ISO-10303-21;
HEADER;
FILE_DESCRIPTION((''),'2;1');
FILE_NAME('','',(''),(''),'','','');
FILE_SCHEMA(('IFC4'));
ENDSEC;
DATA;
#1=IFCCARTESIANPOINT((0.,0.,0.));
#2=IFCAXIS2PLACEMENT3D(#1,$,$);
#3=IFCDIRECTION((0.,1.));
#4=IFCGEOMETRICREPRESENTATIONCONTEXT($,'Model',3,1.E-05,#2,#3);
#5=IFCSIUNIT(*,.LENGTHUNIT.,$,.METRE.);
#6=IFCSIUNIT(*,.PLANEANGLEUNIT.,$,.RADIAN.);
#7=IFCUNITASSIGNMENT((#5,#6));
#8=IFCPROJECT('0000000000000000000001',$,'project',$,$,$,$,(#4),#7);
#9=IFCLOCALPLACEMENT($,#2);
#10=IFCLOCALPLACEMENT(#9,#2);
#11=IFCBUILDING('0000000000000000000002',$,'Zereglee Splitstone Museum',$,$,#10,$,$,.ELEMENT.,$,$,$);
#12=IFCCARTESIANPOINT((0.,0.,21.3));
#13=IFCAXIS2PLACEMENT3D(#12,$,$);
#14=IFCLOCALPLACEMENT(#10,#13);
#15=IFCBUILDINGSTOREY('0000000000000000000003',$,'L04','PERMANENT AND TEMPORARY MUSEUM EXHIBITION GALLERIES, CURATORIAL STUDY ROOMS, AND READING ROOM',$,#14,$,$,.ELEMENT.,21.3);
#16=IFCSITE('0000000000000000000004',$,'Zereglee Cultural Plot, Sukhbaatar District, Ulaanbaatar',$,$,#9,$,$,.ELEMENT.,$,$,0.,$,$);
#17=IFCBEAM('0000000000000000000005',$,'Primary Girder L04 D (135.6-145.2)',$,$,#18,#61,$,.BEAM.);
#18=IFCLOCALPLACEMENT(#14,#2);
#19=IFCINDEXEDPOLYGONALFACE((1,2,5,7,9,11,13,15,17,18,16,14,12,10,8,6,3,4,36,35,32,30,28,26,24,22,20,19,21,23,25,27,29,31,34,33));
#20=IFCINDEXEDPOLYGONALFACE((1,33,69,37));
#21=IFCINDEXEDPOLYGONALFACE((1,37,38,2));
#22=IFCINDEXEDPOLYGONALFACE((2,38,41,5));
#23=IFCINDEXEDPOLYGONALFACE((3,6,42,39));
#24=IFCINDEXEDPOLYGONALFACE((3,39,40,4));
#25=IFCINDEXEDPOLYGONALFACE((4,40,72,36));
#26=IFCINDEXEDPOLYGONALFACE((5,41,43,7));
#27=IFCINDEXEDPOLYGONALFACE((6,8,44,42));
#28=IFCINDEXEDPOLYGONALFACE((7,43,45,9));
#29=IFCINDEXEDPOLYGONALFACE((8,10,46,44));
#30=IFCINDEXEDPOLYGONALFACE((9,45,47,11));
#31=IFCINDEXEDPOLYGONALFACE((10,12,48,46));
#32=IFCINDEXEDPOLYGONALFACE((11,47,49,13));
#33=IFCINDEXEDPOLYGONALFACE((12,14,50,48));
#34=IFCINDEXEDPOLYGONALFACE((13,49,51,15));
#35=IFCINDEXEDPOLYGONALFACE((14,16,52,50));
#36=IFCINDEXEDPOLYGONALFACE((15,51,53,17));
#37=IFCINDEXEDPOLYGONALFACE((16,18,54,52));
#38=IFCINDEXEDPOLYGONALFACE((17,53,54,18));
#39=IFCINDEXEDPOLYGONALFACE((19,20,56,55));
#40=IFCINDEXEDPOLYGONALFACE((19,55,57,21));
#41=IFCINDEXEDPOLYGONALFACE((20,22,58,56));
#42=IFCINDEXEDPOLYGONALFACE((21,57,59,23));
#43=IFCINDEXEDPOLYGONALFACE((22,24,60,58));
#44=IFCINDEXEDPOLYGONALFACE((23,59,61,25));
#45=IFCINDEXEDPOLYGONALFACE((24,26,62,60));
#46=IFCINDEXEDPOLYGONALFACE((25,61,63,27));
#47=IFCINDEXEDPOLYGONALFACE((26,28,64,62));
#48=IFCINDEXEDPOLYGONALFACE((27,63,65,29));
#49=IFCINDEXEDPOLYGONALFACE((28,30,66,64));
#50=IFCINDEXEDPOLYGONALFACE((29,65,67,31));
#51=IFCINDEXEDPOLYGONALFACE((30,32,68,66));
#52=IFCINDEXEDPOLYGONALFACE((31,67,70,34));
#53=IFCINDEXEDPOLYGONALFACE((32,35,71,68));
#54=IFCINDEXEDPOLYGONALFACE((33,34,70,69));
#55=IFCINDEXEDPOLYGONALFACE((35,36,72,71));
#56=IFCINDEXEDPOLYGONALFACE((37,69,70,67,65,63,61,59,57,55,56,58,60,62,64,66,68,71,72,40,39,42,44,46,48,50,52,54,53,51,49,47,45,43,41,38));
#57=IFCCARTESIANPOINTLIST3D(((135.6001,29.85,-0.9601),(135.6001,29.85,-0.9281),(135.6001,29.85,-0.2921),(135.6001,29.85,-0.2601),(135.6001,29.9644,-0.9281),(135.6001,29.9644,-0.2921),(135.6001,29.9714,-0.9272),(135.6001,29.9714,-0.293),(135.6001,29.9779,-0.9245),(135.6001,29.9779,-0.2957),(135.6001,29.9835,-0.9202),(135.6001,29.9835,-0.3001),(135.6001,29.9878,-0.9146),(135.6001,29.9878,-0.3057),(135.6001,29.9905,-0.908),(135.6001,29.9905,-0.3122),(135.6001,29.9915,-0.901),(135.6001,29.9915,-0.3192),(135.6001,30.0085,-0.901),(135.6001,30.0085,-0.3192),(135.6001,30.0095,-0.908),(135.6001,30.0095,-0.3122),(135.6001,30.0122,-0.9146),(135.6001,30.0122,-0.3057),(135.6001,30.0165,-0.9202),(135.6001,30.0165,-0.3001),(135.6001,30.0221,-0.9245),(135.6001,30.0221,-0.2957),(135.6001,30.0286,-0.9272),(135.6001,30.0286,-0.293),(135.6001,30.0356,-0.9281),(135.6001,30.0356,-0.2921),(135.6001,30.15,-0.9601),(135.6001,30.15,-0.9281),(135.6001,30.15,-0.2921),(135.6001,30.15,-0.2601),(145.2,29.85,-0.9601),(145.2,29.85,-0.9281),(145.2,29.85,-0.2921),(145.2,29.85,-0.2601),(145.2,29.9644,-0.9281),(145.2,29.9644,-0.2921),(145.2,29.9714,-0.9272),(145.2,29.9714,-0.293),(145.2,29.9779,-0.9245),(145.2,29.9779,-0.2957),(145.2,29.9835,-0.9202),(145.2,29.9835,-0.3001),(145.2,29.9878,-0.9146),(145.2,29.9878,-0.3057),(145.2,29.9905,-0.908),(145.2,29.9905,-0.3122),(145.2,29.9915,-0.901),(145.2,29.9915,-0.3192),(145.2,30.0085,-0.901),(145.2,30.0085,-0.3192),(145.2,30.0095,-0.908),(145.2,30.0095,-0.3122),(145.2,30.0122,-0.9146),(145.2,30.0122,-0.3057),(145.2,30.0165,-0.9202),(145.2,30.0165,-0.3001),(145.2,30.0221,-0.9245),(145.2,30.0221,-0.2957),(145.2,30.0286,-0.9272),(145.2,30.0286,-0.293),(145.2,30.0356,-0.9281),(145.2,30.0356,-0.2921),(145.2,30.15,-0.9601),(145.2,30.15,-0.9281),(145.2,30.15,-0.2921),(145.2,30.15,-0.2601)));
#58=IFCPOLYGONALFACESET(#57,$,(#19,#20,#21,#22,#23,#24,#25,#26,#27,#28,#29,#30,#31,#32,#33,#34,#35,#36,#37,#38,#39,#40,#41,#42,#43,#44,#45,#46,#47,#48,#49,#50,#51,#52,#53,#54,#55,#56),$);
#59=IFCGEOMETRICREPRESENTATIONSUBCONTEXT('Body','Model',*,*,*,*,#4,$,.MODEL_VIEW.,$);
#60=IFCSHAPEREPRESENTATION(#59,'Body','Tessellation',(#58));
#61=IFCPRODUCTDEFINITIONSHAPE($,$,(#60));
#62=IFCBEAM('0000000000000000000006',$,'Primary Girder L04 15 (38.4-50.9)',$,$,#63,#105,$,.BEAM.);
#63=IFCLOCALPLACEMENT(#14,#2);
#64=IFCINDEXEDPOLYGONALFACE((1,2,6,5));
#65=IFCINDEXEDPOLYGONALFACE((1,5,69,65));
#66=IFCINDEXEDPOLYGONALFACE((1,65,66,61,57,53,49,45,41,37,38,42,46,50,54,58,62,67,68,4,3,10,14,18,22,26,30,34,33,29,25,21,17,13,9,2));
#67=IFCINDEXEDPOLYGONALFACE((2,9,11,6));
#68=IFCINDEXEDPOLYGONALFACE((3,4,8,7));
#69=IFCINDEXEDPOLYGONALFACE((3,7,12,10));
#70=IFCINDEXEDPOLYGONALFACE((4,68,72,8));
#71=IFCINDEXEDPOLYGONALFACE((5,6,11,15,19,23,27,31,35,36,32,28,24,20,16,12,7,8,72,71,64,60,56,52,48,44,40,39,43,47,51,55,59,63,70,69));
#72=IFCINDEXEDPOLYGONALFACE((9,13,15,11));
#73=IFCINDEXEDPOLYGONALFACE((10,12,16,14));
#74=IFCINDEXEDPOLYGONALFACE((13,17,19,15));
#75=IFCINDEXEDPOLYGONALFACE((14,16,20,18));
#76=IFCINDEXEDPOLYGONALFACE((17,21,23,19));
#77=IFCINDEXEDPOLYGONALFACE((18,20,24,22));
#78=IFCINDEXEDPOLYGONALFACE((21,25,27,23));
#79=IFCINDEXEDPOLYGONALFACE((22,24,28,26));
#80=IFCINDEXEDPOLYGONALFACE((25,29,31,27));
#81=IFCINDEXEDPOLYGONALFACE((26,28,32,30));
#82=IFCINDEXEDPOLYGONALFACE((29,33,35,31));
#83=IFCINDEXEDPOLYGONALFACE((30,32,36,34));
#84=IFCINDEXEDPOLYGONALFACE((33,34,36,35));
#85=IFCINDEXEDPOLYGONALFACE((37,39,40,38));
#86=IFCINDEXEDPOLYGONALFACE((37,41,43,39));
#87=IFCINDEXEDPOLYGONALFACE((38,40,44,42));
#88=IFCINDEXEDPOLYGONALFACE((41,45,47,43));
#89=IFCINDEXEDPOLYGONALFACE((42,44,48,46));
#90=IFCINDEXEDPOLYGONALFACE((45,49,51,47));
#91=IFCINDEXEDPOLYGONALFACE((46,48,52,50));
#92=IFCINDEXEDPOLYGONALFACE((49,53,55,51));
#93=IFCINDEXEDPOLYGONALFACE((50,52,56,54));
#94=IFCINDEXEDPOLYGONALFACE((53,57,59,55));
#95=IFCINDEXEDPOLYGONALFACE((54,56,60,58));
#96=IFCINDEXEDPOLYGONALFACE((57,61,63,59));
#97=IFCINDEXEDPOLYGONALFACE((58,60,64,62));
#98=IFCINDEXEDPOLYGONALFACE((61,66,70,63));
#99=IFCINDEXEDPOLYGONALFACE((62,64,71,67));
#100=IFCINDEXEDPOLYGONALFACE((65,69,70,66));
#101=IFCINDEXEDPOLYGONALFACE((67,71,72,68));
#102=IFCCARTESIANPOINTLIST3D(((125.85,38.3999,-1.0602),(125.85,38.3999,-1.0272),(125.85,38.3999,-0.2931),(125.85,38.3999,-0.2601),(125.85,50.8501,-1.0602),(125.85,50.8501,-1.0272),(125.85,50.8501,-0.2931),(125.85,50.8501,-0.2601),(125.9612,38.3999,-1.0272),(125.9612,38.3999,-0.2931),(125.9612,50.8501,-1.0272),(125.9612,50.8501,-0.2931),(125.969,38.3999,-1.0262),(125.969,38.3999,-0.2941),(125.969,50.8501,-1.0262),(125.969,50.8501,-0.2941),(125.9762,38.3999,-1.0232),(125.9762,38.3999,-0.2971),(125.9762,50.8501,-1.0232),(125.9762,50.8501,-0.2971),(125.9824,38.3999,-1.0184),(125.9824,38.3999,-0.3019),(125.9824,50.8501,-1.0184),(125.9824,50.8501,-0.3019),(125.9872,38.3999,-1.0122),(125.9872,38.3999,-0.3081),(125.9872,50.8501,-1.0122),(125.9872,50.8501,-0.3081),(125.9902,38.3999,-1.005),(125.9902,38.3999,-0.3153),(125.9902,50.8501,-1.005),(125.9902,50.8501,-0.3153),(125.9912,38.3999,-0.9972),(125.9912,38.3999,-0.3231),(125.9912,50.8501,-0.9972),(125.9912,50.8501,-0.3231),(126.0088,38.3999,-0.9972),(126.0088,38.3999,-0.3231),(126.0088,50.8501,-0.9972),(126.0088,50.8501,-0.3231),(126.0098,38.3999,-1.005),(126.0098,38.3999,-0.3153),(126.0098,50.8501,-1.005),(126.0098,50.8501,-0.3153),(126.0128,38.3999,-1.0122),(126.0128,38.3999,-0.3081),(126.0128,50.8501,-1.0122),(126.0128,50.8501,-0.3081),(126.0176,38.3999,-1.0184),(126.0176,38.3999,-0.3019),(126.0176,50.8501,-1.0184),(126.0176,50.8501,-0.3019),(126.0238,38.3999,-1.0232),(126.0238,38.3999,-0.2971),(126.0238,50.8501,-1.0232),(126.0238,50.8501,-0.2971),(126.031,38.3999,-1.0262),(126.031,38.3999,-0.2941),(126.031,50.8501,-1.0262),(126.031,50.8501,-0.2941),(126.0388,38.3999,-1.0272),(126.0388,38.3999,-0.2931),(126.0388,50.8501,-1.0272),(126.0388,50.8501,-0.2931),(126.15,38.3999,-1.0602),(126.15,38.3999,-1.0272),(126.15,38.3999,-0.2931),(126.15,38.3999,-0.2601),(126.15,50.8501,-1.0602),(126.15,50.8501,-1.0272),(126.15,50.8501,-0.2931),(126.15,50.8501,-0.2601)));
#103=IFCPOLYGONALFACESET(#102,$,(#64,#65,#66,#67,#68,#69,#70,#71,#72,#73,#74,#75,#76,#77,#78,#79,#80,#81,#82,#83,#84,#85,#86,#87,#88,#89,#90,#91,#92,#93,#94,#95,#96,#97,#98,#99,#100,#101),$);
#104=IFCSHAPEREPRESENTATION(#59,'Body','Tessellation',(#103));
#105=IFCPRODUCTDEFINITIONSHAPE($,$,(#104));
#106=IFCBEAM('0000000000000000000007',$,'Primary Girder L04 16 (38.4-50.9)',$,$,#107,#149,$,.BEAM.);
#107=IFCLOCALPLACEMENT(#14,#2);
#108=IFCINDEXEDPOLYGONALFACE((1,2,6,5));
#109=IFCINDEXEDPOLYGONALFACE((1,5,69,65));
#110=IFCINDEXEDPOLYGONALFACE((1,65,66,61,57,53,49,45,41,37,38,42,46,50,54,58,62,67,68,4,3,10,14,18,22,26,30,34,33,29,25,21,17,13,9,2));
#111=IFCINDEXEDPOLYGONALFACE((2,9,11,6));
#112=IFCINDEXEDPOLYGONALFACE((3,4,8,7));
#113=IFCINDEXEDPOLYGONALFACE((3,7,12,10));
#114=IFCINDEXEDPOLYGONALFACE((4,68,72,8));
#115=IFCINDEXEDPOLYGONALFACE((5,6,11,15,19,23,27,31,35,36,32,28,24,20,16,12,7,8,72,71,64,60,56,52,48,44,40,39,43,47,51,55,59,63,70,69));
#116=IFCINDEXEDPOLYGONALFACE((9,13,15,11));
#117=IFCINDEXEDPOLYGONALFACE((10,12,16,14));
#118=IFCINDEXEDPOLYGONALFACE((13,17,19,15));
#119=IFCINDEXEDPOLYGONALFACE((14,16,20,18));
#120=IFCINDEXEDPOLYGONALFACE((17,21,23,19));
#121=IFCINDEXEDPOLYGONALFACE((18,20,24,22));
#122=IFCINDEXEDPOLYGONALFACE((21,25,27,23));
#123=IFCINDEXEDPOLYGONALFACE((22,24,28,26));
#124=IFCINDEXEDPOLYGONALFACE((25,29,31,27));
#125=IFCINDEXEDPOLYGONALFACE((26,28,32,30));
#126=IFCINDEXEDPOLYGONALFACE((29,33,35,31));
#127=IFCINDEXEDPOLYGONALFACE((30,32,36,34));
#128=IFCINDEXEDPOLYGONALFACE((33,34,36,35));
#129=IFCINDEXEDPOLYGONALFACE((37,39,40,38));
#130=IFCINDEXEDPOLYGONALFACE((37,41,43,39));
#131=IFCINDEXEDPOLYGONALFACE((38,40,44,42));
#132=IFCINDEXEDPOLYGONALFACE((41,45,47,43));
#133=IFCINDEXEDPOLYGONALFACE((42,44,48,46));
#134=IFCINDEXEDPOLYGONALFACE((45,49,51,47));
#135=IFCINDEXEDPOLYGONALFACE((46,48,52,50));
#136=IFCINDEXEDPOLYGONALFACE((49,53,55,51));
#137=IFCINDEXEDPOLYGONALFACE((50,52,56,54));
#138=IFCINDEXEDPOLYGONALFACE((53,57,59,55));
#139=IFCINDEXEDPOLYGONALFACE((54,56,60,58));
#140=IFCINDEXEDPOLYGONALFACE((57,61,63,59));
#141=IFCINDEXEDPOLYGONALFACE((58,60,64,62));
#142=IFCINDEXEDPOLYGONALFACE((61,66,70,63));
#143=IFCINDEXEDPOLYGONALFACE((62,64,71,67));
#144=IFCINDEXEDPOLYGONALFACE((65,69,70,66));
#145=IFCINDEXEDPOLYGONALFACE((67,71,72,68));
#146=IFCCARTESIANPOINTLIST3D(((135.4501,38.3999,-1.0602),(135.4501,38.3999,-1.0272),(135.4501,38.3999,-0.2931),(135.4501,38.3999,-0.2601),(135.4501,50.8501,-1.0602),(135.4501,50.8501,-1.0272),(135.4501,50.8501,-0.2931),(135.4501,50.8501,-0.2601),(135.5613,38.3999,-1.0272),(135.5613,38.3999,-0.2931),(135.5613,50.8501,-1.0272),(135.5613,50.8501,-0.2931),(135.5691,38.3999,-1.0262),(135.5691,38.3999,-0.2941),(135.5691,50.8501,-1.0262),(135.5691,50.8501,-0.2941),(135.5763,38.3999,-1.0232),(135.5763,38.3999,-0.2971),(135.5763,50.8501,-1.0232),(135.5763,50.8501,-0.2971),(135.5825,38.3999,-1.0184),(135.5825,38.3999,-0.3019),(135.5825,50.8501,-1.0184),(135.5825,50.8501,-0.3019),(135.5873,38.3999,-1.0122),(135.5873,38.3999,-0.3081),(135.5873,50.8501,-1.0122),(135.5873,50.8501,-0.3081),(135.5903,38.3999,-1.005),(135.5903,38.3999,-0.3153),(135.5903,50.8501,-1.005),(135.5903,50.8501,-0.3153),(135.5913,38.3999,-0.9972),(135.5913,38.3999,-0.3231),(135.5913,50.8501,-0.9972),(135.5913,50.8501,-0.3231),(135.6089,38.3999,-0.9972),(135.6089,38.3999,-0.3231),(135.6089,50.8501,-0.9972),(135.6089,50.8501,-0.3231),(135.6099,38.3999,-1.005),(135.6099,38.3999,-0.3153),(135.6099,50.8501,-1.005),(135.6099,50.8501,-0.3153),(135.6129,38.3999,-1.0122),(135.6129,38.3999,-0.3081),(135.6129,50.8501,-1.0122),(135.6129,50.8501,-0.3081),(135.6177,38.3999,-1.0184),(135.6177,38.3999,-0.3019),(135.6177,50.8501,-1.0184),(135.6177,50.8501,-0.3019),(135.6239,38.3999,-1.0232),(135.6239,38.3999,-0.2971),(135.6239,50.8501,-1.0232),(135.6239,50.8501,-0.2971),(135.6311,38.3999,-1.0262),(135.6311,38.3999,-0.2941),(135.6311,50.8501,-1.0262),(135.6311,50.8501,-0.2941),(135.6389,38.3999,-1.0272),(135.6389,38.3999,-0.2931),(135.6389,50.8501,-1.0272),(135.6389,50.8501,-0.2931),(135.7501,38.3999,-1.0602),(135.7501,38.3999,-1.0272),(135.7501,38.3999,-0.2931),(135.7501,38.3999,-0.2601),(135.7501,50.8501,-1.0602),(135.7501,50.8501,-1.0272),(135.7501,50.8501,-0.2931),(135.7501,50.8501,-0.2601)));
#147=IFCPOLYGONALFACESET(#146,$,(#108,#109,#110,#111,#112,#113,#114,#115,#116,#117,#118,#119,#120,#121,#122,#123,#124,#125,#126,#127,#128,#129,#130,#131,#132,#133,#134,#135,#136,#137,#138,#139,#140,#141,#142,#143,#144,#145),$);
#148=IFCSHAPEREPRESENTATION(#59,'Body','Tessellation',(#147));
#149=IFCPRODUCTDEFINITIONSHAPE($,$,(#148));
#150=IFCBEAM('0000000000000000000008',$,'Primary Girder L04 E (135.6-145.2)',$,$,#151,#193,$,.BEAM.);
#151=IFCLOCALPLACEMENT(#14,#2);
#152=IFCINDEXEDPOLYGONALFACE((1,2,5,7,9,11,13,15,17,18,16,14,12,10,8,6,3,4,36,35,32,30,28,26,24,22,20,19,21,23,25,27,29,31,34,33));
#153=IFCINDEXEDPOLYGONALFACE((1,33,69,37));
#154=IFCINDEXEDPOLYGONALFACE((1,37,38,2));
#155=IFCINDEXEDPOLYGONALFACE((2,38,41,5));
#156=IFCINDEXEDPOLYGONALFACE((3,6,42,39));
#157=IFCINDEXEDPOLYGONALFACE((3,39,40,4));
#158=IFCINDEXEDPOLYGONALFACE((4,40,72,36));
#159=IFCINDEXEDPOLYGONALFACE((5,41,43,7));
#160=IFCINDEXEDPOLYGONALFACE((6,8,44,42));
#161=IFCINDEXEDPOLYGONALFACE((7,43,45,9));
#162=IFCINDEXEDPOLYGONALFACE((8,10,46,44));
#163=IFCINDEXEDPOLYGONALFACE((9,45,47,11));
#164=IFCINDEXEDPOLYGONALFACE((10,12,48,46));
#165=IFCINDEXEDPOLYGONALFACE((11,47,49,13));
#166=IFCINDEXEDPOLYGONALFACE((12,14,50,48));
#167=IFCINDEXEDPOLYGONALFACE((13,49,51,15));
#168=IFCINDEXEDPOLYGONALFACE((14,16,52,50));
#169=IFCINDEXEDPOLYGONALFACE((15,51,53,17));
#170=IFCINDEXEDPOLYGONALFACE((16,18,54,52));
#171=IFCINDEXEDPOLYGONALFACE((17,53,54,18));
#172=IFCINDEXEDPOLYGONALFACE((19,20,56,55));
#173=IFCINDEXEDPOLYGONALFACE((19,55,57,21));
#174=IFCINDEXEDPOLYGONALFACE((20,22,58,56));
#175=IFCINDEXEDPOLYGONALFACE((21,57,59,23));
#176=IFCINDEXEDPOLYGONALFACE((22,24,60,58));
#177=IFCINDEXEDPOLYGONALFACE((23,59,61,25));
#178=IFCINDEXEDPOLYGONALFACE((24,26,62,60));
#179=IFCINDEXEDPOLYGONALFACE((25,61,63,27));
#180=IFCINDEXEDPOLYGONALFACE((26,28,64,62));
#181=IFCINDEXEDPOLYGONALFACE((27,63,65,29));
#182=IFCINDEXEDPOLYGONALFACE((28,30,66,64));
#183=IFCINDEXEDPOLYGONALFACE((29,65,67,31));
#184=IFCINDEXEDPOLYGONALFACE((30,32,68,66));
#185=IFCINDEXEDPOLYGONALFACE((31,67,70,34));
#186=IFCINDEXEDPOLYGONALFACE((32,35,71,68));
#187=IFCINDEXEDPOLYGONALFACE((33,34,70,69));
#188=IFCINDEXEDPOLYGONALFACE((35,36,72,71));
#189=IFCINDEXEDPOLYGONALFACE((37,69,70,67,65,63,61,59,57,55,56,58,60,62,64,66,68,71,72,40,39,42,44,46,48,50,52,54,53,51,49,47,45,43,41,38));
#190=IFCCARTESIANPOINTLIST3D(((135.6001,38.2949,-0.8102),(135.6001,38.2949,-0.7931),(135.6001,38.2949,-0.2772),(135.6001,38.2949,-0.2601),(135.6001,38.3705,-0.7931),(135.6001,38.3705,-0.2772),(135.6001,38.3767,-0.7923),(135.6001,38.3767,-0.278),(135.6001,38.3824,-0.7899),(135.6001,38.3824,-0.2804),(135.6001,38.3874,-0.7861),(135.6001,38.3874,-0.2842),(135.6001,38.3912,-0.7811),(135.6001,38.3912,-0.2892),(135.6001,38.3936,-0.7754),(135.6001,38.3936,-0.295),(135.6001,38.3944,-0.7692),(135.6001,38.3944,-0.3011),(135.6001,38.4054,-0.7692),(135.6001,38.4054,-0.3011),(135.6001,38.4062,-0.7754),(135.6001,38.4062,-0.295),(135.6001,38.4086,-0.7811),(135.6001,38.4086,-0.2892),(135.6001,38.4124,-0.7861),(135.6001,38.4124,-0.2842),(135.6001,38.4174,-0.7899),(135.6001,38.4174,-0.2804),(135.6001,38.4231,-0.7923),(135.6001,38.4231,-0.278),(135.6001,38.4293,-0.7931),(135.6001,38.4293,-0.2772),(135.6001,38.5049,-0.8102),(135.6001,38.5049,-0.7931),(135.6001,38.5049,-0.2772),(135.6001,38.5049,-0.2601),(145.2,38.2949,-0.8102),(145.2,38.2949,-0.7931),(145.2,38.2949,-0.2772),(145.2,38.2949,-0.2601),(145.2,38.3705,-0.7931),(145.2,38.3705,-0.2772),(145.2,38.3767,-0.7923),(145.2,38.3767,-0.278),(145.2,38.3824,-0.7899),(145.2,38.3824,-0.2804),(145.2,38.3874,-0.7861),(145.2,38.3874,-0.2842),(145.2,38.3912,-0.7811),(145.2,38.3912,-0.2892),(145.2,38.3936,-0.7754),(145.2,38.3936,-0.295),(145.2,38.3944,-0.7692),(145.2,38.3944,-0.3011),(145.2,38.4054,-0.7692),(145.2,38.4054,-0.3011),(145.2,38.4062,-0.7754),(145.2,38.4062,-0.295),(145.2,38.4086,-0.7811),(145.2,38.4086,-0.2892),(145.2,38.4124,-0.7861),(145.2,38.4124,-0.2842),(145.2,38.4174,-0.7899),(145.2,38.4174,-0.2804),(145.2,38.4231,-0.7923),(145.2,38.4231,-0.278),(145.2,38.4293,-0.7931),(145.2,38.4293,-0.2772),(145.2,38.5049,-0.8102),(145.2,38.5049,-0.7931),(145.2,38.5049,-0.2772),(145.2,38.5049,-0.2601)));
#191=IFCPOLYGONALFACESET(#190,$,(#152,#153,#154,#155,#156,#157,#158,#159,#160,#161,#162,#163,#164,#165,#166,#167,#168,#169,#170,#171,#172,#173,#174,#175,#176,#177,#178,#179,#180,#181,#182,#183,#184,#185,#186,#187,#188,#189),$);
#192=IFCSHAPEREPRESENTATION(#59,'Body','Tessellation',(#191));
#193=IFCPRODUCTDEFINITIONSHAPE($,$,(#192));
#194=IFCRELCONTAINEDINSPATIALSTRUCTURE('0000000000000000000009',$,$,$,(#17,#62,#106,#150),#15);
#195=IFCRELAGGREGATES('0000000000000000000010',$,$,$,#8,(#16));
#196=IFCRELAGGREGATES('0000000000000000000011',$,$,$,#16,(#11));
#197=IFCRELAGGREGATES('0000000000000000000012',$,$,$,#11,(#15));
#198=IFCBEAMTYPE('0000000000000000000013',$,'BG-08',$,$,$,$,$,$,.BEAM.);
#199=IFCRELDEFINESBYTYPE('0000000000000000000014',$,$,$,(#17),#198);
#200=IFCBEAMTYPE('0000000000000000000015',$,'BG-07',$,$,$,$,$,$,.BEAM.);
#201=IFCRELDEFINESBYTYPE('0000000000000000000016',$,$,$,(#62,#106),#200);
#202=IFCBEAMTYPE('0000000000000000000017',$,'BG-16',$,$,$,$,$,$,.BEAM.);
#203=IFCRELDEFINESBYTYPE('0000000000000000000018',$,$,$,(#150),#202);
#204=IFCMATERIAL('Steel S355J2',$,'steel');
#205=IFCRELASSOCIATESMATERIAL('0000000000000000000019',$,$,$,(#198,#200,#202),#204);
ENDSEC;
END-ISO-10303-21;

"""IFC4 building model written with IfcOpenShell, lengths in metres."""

from ifc_helpers import new_model, si_unit, direction, frame, origin, origin_2d, place, context, subcontext, project, spatial, i_section, extrude, material, material_profile, profile_set, type_object, element, save


model = new_model("IFC4")

# Units and contexts
model_context = context("Model", 3, precision=1e-05, world=origin(), true_north=direction((0.0, 1.0)))
body_context = subcontext(model_context, "Body", "Model", "MODEL_VIEW")
ifc_project = project(units=[si_unit("LENGTHUNIT", "METRE"), si_unit("PLANEANGLEUNIT", "RADIAN")], contexts=[model_context])

# Site, building, storey
site_placement = place(None, origin())
site = spatial("IfcSite", under=ifc_project, at=site_placement, Name="Zereglee Cultural Plot, Sukhbaatar District, Ulaanbaatar", CompositionType="ELEMENT", RefElevation=0.0)
building_placement = place(site_placement, origin())
building = spatial("IfcBuilding", under=site, at=building_placement, Name="Zereglee Splitstone Museum", CompositionType="ELEMENT")
storey_placement = place(building_placement, frame((0.0, 0.0, 21.3)))
storey = spatial("IfcBuildingStorey", under=building, at=storey_placement, Name="L04", Description="PERMANENT AND TEMPORARY MUSEUM EXHIBITION GALLERIES, CURATORIAL STUDY ROOMS, AND READING ROOM", CompositionType="ELEMENT", Elevation=21.3)

# Shared definitions
ifc_material_1 = material(Name="Steel S355J2", Category="steel")

# Beams
ifc_material_profile_1 = material_profile(ifc_material_1, i_section(OverallWidth=0.3, OverallDepth=0.7, WebThickness=0.0171, FlangeThickness=0.032, FilletRadius=0.0271, at=origin_2d()), Name="HE 700 B")
ifc_profile_set_1 = profile_set([ifc_material_profile_1], Name="Steel S355J2")
beam_type_1 = type_object("IfcBeamType", Name="BG-08", PredefinedType="BEAM", material=ifc_profile_set_1)
beam_1_placement = place(storey_placement, frame((135.6001, 30.0, -0.6101), z_axis=(1.0, 0.0, 0.0), x_axis=(0.0, 1.0, 0.0)))
element("IfcBeam", 1, at=beam_1_placement, inside=storey, type_object=beam_type_1, Name="Primary Girder L04 D (135.6-145.2)", PredefinedType="BEAM", context=body_context, shape_type="SweptSolid", body=[
    extrude(i_section(OverallWidth=0.3, OverallDepth=0.7, WebThickness=0.0171, FlangeThickness=0.032, FilletRadius=0.0271, at=origin_2d()), origin(), (0.0, 0.0, 1.0), 9.5999),
])
ifc_material_profile_2 = material_profile(ifc_material_1, i_section(OverallWidth=0.3, OverallDepth=0.8, WebThickness=0.0176, FlangeThickness=0.033, FilletRadius=0.03, at=origin_2d()), Name="HE 800 B")
ifc_profile_set_2 = profile_set([ifc_material_profile_2], Name="Steel S355J2")
beam_type_2 = type_object("IfcBeamType", Name="BG-07", PredefinedType="BEAM", material=ifc_profile_set_2)
for number, where, z_axis, x_axis, name in (
    (2, (126.0, 38.3999, -0.6602), (0.0, 1.0, 0.0), (-1.0, 0.0, 0.0), "Primary Girder L04 15 (38.4-50.9)"),
    (3, (135.6001, 38.3999, -0.6602), (0.0, 1.0, 0.0), (-1.0, 0.0, 0.0), "Primary Girder L04 16 (38.4-50.9)"),
):
    element("IfcBeam", number, at=place(storey_placement, frame(where, z_axis=z_axis, x_axis=x_axis)), inside=storey, type_object=beam_type_2, Name=name, PredefinedType="BEAM", context=body_context, shape_type="SweptSolid", body=[
        extrude(i_section(OverallWidth=0.3, OverallDepth=0.8, WebThickness=0.0176, FlangeThickness=0.033, FilletRadius=0.03, at=origin_2d()), origin(), (0.0, 0.0, 1.0), 12.4502),
    ])
ifc_material_profile_3 = material_profile(ifc_material_1, i_section(OverallWidth=0.21, OverallDepth=0.55, WebThickness=0.011, FlangeThickness=0.0171, FilletRadius=0.0239, at=origin_2d()), Name="IPE 550")
ifc_profile_set_3 = profile_set([ifc_material_profile_3], Name="Steel S355J2")
beam_type_3 = type_object("IfcBeamType", Name="BG-16", PredefinedType="BEAM", material=ifc_profile_set_3)
beam_2_placement = place(storey_placement, frame((135.6001, 38.3999, -0.5352), z_axis=(1.0, 0.0, 0.0), x_axis=(0.0, 1.0, 0.0)))
element("IfcBeam", 4, at=beam_2_placement, inside=storey, type_object=beam_type_3, Name="Primary Girder L04 E (135.6-145.2)", PredefinedType="BEAM", context=body_context, shape_type="SweptSolid", body=[
    extrude(i_section(OverallWidth=0.21, OverallDepth=0.55, WebThickness=0.011, FlangeThickness=0.0171, FilletRadius=0.0239, at=origin_2d()), origin(), (0.0, 0.0, 1.0), 9.5999),
])

save(model, "model.ifc")
